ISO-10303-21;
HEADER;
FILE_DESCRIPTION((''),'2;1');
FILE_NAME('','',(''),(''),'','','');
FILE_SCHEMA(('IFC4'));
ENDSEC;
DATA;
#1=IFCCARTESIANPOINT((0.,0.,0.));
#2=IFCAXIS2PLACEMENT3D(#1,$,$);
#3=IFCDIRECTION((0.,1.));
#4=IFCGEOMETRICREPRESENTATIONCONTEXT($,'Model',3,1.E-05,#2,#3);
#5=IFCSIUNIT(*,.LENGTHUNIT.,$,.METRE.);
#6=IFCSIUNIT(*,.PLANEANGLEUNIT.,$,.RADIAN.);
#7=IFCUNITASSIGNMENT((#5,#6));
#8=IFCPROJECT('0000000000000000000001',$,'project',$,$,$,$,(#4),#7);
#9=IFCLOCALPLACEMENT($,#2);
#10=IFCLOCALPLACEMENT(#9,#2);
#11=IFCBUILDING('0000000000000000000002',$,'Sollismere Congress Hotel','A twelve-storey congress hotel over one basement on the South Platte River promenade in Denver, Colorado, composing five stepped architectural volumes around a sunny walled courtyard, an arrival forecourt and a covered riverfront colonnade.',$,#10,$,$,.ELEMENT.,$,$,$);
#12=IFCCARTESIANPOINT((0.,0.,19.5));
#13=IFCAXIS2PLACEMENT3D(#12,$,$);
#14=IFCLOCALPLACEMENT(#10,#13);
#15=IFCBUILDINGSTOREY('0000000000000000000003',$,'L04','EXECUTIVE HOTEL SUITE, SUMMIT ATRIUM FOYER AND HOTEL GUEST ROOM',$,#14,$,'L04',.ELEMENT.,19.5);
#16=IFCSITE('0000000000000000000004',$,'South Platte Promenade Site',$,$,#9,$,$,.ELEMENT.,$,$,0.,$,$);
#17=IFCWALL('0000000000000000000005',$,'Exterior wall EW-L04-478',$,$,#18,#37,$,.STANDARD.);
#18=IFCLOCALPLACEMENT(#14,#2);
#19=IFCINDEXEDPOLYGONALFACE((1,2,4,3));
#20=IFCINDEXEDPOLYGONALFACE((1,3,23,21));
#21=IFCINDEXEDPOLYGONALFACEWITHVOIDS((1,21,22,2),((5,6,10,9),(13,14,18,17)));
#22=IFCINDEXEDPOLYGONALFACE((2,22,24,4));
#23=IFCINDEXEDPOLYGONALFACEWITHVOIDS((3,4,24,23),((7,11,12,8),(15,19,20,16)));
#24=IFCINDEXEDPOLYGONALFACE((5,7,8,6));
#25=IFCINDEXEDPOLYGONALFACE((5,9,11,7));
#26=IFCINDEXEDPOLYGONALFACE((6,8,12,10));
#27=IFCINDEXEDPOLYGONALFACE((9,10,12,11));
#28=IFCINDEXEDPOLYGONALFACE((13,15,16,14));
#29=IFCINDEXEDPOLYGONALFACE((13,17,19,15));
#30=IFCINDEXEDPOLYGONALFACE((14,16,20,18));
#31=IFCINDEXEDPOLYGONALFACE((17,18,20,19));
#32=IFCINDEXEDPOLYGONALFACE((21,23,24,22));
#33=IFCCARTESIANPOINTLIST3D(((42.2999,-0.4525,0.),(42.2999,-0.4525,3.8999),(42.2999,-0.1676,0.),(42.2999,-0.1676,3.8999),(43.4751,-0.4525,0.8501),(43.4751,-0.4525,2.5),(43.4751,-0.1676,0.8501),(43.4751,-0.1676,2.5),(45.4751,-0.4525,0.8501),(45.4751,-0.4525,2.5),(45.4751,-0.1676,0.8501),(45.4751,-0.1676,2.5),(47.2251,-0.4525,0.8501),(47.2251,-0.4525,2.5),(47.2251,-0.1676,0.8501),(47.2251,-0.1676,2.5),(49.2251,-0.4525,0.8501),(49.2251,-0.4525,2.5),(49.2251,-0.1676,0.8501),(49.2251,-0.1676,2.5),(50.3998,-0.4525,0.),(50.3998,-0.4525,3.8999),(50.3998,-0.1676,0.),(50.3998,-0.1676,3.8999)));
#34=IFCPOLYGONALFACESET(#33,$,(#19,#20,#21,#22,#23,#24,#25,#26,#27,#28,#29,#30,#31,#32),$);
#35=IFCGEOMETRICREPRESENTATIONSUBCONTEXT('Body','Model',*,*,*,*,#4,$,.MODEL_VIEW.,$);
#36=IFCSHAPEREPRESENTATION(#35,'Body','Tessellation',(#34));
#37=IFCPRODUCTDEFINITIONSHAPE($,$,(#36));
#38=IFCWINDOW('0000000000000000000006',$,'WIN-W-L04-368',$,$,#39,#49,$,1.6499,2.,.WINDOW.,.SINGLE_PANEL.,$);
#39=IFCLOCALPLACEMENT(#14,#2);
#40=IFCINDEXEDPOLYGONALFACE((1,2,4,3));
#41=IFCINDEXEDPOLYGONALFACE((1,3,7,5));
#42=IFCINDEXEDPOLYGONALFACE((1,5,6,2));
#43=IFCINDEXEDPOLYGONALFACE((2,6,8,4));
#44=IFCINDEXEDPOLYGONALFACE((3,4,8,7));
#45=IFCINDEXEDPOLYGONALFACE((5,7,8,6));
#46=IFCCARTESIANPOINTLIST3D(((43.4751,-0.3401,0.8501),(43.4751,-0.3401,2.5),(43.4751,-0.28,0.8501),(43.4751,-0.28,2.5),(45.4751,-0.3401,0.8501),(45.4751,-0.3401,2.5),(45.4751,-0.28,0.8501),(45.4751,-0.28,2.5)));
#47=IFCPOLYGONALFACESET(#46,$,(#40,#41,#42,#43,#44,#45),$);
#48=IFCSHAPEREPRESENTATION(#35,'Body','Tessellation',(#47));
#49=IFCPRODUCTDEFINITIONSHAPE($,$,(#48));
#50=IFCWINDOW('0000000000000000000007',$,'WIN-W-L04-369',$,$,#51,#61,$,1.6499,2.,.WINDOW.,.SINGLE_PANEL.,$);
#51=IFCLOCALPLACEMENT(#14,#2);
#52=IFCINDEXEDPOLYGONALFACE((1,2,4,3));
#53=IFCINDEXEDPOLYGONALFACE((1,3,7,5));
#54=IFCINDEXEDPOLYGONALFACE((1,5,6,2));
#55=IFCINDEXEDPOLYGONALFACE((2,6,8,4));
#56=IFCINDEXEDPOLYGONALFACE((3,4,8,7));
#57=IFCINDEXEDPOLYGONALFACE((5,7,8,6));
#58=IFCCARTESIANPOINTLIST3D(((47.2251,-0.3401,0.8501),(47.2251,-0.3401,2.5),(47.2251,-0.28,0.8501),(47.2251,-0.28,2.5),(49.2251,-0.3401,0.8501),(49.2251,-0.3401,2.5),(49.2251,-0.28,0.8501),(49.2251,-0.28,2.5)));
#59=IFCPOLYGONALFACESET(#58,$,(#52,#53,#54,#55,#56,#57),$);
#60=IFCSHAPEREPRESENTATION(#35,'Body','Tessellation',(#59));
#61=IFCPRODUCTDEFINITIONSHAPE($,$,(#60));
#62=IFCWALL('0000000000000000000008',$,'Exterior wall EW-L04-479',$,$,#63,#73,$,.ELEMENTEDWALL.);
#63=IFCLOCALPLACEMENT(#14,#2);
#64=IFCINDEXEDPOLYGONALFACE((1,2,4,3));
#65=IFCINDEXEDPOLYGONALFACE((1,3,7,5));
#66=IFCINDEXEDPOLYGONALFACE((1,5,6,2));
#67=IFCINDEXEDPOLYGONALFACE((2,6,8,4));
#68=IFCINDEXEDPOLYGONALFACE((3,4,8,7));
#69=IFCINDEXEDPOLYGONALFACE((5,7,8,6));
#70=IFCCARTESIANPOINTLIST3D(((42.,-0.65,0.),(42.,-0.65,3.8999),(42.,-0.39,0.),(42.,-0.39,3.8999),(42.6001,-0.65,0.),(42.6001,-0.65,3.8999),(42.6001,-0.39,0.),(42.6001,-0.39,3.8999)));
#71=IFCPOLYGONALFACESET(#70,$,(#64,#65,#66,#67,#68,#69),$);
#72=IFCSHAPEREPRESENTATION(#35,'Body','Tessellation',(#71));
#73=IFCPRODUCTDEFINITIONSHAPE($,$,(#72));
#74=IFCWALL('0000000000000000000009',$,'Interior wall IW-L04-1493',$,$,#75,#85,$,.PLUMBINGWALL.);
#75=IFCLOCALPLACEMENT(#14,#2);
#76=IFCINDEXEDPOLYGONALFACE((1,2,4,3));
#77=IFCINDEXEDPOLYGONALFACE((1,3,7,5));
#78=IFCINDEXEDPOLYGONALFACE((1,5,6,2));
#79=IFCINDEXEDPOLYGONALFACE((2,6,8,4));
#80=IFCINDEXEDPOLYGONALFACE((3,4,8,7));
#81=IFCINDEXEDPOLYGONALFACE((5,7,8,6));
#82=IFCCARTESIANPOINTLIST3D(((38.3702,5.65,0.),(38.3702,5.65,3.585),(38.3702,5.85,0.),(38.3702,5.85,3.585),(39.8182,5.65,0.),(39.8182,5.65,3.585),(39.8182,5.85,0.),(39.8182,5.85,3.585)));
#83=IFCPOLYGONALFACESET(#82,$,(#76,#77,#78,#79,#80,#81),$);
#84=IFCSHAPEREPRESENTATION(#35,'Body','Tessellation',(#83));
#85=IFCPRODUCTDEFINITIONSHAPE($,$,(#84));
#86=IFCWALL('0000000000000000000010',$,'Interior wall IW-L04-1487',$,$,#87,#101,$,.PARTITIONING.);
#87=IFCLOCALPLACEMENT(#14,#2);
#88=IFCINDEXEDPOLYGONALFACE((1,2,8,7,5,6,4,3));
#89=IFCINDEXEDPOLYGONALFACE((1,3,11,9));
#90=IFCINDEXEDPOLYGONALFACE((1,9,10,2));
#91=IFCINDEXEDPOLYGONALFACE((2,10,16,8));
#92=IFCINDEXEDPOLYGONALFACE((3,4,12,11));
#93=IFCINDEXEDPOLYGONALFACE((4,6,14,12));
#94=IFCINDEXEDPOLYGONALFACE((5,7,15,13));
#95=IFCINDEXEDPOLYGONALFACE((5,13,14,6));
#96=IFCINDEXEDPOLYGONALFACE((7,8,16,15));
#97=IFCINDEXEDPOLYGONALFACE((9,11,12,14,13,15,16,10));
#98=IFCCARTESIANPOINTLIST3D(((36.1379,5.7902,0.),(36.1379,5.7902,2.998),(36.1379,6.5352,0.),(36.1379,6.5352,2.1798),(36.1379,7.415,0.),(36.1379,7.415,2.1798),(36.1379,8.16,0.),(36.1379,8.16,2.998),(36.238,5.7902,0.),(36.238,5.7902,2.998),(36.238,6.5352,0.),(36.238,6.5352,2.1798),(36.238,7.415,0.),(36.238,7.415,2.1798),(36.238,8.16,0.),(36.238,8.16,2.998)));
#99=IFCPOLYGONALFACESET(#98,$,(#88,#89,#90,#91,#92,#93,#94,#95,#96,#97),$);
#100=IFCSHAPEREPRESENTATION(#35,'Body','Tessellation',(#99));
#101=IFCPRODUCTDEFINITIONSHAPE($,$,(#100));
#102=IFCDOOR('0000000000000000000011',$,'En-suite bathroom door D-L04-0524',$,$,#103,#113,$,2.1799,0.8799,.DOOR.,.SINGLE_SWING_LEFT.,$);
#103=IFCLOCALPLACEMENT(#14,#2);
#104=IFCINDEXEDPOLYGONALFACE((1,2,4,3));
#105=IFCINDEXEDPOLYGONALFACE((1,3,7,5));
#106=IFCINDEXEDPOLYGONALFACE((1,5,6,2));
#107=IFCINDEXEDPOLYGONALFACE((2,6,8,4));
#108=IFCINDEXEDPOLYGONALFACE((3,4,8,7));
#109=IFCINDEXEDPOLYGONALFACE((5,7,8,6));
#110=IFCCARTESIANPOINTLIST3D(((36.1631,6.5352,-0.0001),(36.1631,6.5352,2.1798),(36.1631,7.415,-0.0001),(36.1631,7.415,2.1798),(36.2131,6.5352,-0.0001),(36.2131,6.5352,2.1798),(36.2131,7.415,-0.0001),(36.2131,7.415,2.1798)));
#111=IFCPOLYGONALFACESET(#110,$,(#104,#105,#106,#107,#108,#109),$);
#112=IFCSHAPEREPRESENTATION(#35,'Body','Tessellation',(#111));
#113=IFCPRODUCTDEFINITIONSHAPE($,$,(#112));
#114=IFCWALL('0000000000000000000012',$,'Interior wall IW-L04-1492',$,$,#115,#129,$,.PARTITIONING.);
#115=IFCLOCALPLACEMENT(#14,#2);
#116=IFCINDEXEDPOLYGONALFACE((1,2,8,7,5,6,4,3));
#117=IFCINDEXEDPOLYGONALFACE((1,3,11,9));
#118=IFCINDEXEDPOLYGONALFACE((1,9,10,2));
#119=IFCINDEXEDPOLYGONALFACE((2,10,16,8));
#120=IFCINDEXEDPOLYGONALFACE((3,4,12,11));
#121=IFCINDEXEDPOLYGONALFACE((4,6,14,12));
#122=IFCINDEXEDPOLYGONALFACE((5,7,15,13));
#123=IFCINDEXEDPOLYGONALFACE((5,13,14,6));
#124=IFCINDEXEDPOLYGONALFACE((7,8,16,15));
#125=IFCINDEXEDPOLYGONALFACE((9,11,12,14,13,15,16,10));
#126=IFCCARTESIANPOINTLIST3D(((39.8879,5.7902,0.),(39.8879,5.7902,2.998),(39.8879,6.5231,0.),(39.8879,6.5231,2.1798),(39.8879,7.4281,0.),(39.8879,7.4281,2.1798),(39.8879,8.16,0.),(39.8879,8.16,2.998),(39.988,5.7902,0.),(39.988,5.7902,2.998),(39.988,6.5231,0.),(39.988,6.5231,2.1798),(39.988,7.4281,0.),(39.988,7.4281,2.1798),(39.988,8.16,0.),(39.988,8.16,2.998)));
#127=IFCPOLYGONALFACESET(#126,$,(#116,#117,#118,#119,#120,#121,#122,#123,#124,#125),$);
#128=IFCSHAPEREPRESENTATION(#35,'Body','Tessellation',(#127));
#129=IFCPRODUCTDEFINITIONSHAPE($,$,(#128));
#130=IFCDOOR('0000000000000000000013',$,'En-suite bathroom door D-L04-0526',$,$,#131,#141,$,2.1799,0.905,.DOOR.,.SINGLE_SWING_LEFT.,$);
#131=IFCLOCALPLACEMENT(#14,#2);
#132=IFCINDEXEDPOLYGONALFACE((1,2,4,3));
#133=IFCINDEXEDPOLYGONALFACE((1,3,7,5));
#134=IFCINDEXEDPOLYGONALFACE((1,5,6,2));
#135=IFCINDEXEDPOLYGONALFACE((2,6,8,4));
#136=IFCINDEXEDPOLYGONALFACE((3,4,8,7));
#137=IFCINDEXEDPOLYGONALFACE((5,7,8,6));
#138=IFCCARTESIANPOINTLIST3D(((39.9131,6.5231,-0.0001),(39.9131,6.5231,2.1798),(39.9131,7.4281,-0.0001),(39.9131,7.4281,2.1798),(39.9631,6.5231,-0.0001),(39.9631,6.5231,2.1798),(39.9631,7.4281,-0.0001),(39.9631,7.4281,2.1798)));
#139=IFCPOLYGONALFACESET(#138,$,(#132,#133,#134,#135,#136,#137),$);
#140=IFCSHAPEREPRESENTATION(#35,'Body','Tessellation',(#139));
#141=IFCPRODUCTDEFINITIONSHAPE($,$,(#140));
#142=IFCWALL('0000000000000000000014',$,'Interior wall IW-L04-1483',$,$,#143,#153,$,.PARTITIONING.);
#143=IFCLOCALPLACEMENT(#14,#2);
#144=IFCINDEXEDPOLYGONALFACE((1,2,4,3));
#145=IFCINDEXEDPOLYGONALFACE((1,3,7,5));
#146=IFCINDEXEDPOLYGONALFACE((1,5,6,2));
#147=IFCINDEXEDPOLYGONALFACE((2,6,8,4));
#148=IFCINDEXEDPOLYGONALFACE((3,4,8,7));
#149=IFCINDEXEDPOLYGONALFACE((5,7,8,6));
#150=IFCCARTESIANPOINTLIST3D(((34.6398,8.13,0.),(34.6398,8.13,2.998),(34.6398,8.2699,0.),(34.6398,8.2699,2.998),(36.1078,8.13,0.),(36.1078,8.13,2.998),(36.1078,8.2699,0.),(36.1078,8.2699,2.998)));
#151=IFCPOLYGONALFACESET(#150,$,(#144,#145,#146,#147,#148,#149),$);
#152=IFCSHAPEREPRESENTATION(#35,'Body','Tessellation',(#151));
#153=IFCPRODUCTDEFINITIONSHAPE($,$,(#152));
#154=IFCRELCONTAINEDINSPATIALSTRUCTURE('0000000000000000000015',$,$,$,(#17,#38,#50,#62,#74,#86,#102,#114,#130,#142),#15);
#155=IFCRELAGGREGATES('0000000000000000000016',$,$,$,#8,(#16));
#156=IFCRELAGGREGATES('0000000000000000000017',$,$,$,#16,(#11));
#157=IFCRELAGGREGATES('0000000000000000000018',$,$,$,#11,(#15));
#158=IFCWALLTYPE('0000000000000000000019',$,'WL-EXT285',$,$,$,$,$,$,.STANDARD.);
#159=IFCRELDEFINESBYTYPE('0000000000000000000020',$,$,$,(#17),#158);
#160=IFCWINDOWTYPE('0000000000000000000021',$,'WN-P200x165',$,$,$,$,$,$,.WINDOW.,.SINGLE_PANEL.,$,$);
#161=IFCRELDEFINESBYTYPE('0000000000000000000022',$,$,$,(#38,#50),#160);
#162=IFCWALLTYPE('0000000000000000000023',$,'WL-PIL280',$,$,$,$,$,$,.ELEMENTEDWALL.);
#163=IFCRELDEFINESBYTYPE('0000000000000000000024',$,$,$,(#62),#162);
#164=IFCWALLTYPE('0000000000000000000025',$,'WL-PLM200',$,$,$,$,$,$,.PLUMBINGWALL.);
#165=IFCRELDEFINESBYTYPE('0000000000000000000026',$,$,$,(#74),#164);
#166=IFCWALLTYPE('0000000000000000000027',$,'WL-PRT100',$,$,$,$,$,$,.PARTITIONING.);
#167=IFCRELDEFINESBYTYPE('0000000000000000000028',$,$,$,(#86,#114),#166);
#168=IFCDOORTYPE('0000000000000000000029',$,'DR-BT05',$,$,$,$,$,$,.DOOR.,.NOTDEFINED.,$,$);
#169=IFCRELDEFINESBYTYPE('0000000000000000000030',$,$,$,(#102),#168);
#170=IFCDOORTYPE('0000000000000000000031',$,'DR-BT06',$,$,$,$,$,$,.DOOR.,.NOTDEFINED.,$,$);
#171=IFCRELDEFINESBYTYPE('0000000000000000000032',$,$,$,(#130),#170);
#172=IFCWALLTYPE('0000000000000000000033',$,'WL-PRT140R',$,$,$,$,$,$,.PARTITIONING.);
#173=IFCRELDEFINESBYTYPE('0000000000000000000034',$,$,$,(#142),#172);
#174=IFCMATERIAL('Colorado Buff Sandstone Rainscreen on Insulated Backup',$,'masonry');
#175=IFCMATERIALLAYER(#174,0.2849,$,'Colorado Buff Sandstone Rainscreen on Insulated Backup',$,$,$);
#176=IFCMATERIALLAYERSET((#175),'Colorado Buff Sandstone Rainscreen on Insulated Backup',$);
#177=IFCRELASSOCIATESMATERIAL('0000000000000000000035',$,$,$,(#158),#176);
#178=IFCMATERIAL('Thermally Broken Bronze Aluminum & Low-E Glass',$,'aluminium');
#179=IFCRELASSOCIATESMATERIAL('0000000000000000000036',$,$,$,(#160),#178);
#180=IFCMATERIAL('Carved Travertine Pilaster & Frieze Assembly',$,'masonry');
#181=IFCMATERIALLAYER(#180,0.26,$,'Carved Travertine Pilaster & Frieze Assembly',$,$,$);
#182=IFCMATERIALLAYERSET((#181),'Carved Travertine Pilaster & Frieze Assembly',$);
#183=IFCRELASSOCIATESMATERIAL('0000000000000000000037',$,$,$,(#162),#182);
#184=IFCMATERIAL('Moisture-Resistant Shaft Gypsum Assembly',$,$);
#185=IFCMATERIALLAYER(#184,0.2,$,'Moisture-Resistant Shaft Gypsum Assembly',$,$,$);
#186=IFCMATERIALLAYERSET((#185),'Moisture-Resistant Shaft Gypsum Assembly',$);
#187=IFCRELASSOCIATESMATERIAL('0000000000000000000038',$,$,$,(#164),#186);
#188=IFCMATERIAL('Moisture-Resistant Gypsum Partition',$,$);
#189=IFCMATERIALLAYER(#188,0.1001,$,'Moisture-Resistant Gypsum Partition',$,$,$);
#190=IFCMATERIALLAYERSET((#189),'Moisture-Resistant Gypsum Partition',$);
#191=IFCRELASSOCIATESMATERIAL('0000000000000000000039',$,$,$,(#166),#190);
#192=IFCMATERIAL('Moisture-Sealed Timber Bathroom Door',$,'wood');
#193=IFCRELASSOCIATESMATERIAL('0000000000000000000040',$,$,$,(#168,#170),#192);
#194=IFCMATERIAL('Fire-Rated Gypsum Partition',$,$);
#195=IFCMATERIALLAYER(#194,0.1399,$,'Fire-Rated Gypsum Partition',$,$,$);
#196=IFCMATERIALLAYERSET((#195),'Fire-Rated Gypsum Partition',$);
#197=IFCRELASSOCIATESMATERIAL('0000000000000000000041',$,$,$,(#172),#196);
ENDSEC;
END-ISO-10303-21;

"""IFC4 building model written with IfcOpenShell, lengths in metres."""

from ifc_helpers import new_model, si_unit, direction, frame, frame_2d, origin, place, context, subcontext, project, spatial, rectangle, extrude, material, layer, layer_set, type_object, element, fill, save


model = new_model("IFC4")

# Units and contexts
model_context = context("Model", 3, precision=1e-05, world=origin(), true_north=direction((0.0, 1.0)))
body_context = subcontext(model_context, "Body", "Model", "MODEL_VIEW")
ifc_project = project(units=[si_unit("LENGTHUNIT", "METRE"), si_unit("PLANEANGLEUNIT", "RADIAN")], contexts=[model_context])

# Site, building, storey
site_placement = place(None, origin())
site = spatial("IfcSite", under=ifc_project, at=site_placement, Name="South Platte Promenade Site", CompositionType="ELEMENT", RefElevation=0.0)
building_placement = place(site_placement, origin())
building = spatial("IfcBuilding", under=site, at=building_placement, Name="Sollismere Congress Hotel", Description="A twelve-storey congress hotel over one basement on the South Platte River promenade in Denver, Colorado, composing five stepped architectural volumes around a sunny walled courtyard, an arrival forecourt and a covered riverfront colonnade.", CompositionType="ELEMENT")
storey_placement = place(building_placement, frame((0.0, 0.0, 19.5)))
storey = spatial("IfcBuildingStorey", under=building, at=storey_placement, Name="L04", Description="EXECUTIVE HOTEL SUITE, SUMMIT ATRIUM FOYER AND HOTEL GUEST ROOM", LongName="L04", CompositionType="ELEMENT", Elevation=19.5)

# Wall, openings, windows
ifc_material_1 = material(Name="Colorado Buff Sandstone Rainscreen on Insulated Backup", Category="masonry")
ifc_layer_1 = layer(ifc_material_1, 0.2849, Name="Colorado Buff Sandstone Rainscreen on Insulated Backup")
ifc_layer_set_1 = layer_set([ifc_layer_1], Name="Colorado Buff Sandstone Rainscreen on Insulated Backup")
wall_type_1 = type_object("IfcWallType", Name="WL-EXT285", PredefinedType="STANDARD", material=ifc_layer_set_1)
wall_1_placement = place(storey_placement, frame((42.3, -0.3101, 0.0), z_axis=(0.0, 0.0, 1.0), x_axis=(1.0, 0.0, 0.0)))
wall_1 = element("IfcWall", 1, at=wall_1_placement, inside=storey, type_object=wall_type_1, Name="Exterior wall EW-L04-478", PredefinedType="STANDARD", context=body_context, shape_type="SweptSolid", body=[
    extrude(rectangle(XDim=8.0999, YDim=0.2849, at=frame_2d((4.0498, 0.0))), origin(), (0.0, 0.0, 1.0), 3.8999),
])
opening_1_placement = place(wall_1_placement, frame((1.175, 0.0, 0.8501)))
opening_1 = element("IfcOpeningElement", 2, at=opening_1_placement, cuts=wall_1, PredefinedType="OPENING", context=body_context, shape_type="SweptSolid", body=[
    extrude(rectangle(XDim=2.0, YDim=1.6499, at=frame_2d((1.0, 0.825))), frame((0.0, 0.1523, 0.0), z_axis=(0.0, -1.0, 0.0), x_axis=(1.0, 0.0, 0.0)), (0.0, 0.0, 1.0), 0.3049),
])
opening_2_placement = place(wall_1_placement, frame((4.925, 0.0, 0.8501)))
opening_2 = element("IfcOpeningElement", 3, at=opening_2_placement, cuts=wall_1, PredefinedType="OPENING", context=body_context, shape_type="SweptSolid", body=[
    extrude(rectangle(XDim=2.0, YDim=1.6499, at=frame_2d((1.0, 0.825))), frame((0.0, 0.1523, 0.0), z_axis=(0.0, -1.0, 0.0), x_axis=(1.0, 0.0, 0.0)), (0.0, 0.0, 1.0), 0.3049),
])
ifc_material_2 = material(Name="Thermally Broken Bronze Aluminum & Low-E Glass", Category="aluminium")
window_type = type_object("IfcWindowType", Name="WN-P200x165", PartitioningType="SINGLE_PANEL", PredefinedType="WINDOW", material=ifc_material_2)
window_1_placement = place(opening_1_placement, origin())
window_1 = element("IfcWindow", 4, at=window_1_placement, inside=storey, type_object=window_type, Name="WIN-W-L04-368", OverallHeight=1.6499, OverallWidth=2.0, PartitioningType="SINGLE_PANEL", PredefinedType="WINDOW", context=body_context, shape_type="SweptSolid", body=[
    extrude(rectangle(XDim=2.0, YDim=1.6499, at=frame_2d((1.0, 0.825))), frame((0.0, 0.03, 0.0), z_axis=(0.0, -1.0, 0.0), x_axis=(1.0, 0.0, 0.0)), (0.0, 0.0, 1.0), 0.0601),
])
fill(opening_1, window_1)
window_2_placement = place(opening_2_placement, origin())
window_2 = element("IfcWindow", 5, at=window_2_placement, inside=storey, type_object=window_type, Name="WIN-W-L04-369", OverallHeight=1.6499, OverallWidth=2.0, PartitioningType="SINGLE_PANEL", PredefinedType="WINDOW", context=body_context, shape_type="SweptSolid", body=[
    extrude(rectangle(XDim=2.0, YDim=1.6499, at=frame_2d((1.0, 0.825))), frame((0.0, 0.03, 0.0), z_axis=(0.0, -1.0, 0.0), x_axis=(1.0, 0.0, 0.0)), (0.0, 0.0, 1.0), 0.0601),
])
fill(opening_2, window_2)

# Walls
ifc_material_3 = material(Name="Carved Travertine Pilaster & Frieze Assembly", Category="masonry")
ifc_layer_2 = layer(ifc_material_3, 0.26, Name="Carved Travertine Pilaster & Frieze Assembly")
ifc_layer_set_2 = layer_set([ifc_layer_2], Name="Carved Travertine Pilaster & Frieze Assembly")
wall_type_2 = type_object("IfcWallType", Name="WL-PIL280", PredefinedType="ELEMENTEDWALL", material=ifc_layer_set_2)
wall_2_placement = place(storey_placement, frame((42.0, -0.52, 0.0), z_axis=(0.0, 0.0, 1.0), x_axis=(1.0, 0.0, 0.0)))
element("IfcWall", 6, at=wall_2_placement, inside=storey, type_object=wall_type_2, Name="Exterior wall EW-L04-479", PredefinedType="ELEMENTEDWALL", context=body_context, shape_type="SweptSolid", body=[
    extrude(rectangle(XDim=0.6001, YDim=0.26, at=frame_2d((0.3, 0.0))), origin(), (0.0, 0.0, 1.0), 3.8999),
])
ifc_material_4 = material(Name="Moisture-Resistant Shaft Gypsum Assembly")
ifc_layer_3 = layer(ifc_material_4, 0.2, Name="Moisture-Resistant Shaft Gypsum Assembly")
ifc_layer_set_3 = layer_set([ifc_layer_3], Name="Moisture-Resistant Shaft Gypsum Assembly")
wall_type_3 = type_object("IfcWallType", Name="WL-PLM200", PredefinedType="PLUMBINGWALL", material=ifc_layer_set_3)
wall_3_placement = place(storey_placement, frame((38.3701, 5.75, 0.0), z_axis=(0.0, 0.0, 1.0), x_axis=(1.0, 0.0, 0.0)))
element("IfcWall", 7, at=wall_3_placement, inside=storey, type_object=wall_type_3, Name="Interior wall IW-L04-1493", PredefinedType="PLUMBINGWALL", context=body_context, shape_type="SweptSolid", body=[
    extrude(rectangle(XDim=1.448, YDim=0.2, at=frame_2d((0.7241, 0.0))), origin(), (0.0, 0.0, 1.0), 3.585),
])

# Walls, openings, doors
ifc_material_5 = material(Name="Moisture-Resistant Gypsum Partition")
ifc_layer_4 = layer(ifc_material_5, 0.1001, Name="Moisture-Resistant Gypsum Partition")
ifc_layer_set_4 = layer_set([ifc_layer_4], Name="Moisture-Resistant Gypsum Partition")
wall_type_4 = type_object("IfcWallType", Name="WL-PRT100", PredefinedType="PARTITIONING", material=ifc_layer_set_4)
wall_4_placement = place(storey_placement, frame((36.188, 5.79, 0.0), z_axis=(0.0, 0.0, 1.0), x_axis=(0.0, 1.0, 0.0)))
wall_4 = element("IfcWall", 8, at=wall_4_placement, inside=storey, type_object=wall_type_4, Name="Interior wall IW-L04-1487", PredefinedType="PARTITIONING", context=body_context, shape_type="SweptSolid", body=[
    extrude(rectangle(XDim=2.3699, YDim=0.1001, at=frame_2d((1.1851, 0.0))), origin(), (0.0, 0.0, 1.0), 2.998),
])
opening_3_placement = place(wall_4_placement, frame((0.7451, 0.0, 0.0)))
opening_3 = element("IfcOpeningElement", 9, at=opening_3_placement, cuts=wall_4, PredefinedType="OPENING", context=body_context, shape_type="SweptSolid", body=[
    extrude(rectangle(XDim=0.8799, YDim=2.1799, at=frame_2d((0.4399, 1.0898))), frame((0.0, 0.0601, 0.0), z_axis=(0.0, -1.0, 0.0), x_axis=(1.0, 0.0, 0.0)), (0.0, 0.0, 1.0), 0.1201),
])
ifc_material_6 = material(Name="Moisture-Sealed Timber Bathroom Door", Category="wood")
door_type_1 = type_object("IfcDoorType", Name="DR-BT05", OperationType="NOTDEFINED", PredefinedType="DOOR", material=ifc_material_6)
door_1_placement = place(opening_3_placement, origin())
door_1 = element("IfcDoor", 10, at=door_1_placement, inside=storey, type_object=door_type_1, Name="En-suite bathroom door D-L04-0524", OperationType="SINGLE_SWING_LEFT", OverallHeight=2.1799, OverallWidth=0.8799, PredefinedType="DOOR", context=body_context, shape_type="SweptSolid", body=[
    extrude(rectangle(XDim=0.8799, YDim=2.1799, at=frame_2d((0.4399, 1.0898))), frame((0.0, 0.0249, 0.0), z_axis=(0.0, -1.0, 0.0), x_axis=(1.0, 0.0, 0.0)), (0.0, 0.0, 1.0), 0.05),
])
fill(opening_3, door_1)
wall_5_placement = place(storey_placement, frame((39.938, 5.79, 0.0), z_axis=(0.0, 0.0, 1.0), x_axis=(0.0, 1.0, 0.0)))
wall_5 = element("IfcWall", 11, at=wall_5_placement, inside=storey, type_object=wall_type_4, Name="Interior wall IW-L04-1492", PredefinedType="PARTITIONING", context=body_context, shape_type="SweptSolid", body=[
    extrude(rectangle(XDim=2.3699, YDim=0.1001, at=frame_2d((1.1851, 0.0))), origin(), (0.0, 0.0, 1.0), 2.998),
])
opening_4_placement = place(wall_5_placement, frame((0.7329, 0.0, 0.0)))
opening_4 = element("IfcOpeningElement", 12, at=opening_4_placement, cuts=wall_5, PredefinedType="OPENING", context=body_context, shape_type="SweptSolid", body=[
    extrude(rectangle(XDim=0.905, YDim=2.1799, at=frame_2d((0.4526, 1.0898))), frame((0.0, 0.0601, 0.0), z_axis=(0.0, -1.0, 0.0), x_axis=(1.0, 0.0, 0.0)), (0.0, 0.0, 1.0), 0.1201),
])
door_type_2 = type_object("IfcDoorType", Name="DR-BT06", OperationType="NOTDEFINED", PredefinedType="DOOR", material=ifc_material_6)
door_2_placement = place(opening_4_placement, origin())
door_2 = element("IfcDoor", 13, at=door_2_placement, inside=storey, type_object=door_type_2, Name="En-suite bathroom door D-L04-0526", OperationType="SINGLE_SWING_LEFT", OverallHeight=2.1799, OverallWidth=0.905, PredefinedType="DOOR", context=body_context, shape_type="SweptSolid", body=[
    extrude(rectangle(XDim=0.905, YDim=2.1799, at=frame_2d((0.4526, 1.0898))), frame((0.0, 0.0249, 0.0), z_axis=(0.0, -1.0, 0.0), x_axis=(1.0, 0.0, 0.0)), (0.0, 0.0, 1.0), 0.05),
])
fill(opening_4, door_2)

# Wall
ifc_material_7 = material(Name="Fire-Rated Gypsum Partition")
ifc_layer_5 = layer(ifc_material_7, 0.1399, Name="Fire-Rated Gypsum Partition")
ifc_layer_set_5 = layer_set([ifc_layer_5], Name="Fire-Rated Gypsum Partition")
wall_type_5 = type_object("IfcWallType", Name="WL-PRT140R", PredefinedType="PARTITIONING", material=ifc_layer_set_5)
wall_6_placement = place(storey_placement, frame((34.6399, 8.2, 0.0), z_axis=(0.0, 0.0, 1.0), x_axis=(1.0, 0.0, 0.0)))
element("IfcWall", 14, at=wall_6_placement, inside=storey, type_object=wall_type_5, Name="Interior wall IW-L04-1483", PredefinedType="PARTITIONING", context=body_context, shape_type="SweptSolid", body=[
    extrude(rectangle(XDim=1.468, YDim=0.1399, at=frame_2d((0.7339, 0.0))), origin(), (0.0, 0.0, 1.0), 2.998),
])

save(model, "model.ifc")
